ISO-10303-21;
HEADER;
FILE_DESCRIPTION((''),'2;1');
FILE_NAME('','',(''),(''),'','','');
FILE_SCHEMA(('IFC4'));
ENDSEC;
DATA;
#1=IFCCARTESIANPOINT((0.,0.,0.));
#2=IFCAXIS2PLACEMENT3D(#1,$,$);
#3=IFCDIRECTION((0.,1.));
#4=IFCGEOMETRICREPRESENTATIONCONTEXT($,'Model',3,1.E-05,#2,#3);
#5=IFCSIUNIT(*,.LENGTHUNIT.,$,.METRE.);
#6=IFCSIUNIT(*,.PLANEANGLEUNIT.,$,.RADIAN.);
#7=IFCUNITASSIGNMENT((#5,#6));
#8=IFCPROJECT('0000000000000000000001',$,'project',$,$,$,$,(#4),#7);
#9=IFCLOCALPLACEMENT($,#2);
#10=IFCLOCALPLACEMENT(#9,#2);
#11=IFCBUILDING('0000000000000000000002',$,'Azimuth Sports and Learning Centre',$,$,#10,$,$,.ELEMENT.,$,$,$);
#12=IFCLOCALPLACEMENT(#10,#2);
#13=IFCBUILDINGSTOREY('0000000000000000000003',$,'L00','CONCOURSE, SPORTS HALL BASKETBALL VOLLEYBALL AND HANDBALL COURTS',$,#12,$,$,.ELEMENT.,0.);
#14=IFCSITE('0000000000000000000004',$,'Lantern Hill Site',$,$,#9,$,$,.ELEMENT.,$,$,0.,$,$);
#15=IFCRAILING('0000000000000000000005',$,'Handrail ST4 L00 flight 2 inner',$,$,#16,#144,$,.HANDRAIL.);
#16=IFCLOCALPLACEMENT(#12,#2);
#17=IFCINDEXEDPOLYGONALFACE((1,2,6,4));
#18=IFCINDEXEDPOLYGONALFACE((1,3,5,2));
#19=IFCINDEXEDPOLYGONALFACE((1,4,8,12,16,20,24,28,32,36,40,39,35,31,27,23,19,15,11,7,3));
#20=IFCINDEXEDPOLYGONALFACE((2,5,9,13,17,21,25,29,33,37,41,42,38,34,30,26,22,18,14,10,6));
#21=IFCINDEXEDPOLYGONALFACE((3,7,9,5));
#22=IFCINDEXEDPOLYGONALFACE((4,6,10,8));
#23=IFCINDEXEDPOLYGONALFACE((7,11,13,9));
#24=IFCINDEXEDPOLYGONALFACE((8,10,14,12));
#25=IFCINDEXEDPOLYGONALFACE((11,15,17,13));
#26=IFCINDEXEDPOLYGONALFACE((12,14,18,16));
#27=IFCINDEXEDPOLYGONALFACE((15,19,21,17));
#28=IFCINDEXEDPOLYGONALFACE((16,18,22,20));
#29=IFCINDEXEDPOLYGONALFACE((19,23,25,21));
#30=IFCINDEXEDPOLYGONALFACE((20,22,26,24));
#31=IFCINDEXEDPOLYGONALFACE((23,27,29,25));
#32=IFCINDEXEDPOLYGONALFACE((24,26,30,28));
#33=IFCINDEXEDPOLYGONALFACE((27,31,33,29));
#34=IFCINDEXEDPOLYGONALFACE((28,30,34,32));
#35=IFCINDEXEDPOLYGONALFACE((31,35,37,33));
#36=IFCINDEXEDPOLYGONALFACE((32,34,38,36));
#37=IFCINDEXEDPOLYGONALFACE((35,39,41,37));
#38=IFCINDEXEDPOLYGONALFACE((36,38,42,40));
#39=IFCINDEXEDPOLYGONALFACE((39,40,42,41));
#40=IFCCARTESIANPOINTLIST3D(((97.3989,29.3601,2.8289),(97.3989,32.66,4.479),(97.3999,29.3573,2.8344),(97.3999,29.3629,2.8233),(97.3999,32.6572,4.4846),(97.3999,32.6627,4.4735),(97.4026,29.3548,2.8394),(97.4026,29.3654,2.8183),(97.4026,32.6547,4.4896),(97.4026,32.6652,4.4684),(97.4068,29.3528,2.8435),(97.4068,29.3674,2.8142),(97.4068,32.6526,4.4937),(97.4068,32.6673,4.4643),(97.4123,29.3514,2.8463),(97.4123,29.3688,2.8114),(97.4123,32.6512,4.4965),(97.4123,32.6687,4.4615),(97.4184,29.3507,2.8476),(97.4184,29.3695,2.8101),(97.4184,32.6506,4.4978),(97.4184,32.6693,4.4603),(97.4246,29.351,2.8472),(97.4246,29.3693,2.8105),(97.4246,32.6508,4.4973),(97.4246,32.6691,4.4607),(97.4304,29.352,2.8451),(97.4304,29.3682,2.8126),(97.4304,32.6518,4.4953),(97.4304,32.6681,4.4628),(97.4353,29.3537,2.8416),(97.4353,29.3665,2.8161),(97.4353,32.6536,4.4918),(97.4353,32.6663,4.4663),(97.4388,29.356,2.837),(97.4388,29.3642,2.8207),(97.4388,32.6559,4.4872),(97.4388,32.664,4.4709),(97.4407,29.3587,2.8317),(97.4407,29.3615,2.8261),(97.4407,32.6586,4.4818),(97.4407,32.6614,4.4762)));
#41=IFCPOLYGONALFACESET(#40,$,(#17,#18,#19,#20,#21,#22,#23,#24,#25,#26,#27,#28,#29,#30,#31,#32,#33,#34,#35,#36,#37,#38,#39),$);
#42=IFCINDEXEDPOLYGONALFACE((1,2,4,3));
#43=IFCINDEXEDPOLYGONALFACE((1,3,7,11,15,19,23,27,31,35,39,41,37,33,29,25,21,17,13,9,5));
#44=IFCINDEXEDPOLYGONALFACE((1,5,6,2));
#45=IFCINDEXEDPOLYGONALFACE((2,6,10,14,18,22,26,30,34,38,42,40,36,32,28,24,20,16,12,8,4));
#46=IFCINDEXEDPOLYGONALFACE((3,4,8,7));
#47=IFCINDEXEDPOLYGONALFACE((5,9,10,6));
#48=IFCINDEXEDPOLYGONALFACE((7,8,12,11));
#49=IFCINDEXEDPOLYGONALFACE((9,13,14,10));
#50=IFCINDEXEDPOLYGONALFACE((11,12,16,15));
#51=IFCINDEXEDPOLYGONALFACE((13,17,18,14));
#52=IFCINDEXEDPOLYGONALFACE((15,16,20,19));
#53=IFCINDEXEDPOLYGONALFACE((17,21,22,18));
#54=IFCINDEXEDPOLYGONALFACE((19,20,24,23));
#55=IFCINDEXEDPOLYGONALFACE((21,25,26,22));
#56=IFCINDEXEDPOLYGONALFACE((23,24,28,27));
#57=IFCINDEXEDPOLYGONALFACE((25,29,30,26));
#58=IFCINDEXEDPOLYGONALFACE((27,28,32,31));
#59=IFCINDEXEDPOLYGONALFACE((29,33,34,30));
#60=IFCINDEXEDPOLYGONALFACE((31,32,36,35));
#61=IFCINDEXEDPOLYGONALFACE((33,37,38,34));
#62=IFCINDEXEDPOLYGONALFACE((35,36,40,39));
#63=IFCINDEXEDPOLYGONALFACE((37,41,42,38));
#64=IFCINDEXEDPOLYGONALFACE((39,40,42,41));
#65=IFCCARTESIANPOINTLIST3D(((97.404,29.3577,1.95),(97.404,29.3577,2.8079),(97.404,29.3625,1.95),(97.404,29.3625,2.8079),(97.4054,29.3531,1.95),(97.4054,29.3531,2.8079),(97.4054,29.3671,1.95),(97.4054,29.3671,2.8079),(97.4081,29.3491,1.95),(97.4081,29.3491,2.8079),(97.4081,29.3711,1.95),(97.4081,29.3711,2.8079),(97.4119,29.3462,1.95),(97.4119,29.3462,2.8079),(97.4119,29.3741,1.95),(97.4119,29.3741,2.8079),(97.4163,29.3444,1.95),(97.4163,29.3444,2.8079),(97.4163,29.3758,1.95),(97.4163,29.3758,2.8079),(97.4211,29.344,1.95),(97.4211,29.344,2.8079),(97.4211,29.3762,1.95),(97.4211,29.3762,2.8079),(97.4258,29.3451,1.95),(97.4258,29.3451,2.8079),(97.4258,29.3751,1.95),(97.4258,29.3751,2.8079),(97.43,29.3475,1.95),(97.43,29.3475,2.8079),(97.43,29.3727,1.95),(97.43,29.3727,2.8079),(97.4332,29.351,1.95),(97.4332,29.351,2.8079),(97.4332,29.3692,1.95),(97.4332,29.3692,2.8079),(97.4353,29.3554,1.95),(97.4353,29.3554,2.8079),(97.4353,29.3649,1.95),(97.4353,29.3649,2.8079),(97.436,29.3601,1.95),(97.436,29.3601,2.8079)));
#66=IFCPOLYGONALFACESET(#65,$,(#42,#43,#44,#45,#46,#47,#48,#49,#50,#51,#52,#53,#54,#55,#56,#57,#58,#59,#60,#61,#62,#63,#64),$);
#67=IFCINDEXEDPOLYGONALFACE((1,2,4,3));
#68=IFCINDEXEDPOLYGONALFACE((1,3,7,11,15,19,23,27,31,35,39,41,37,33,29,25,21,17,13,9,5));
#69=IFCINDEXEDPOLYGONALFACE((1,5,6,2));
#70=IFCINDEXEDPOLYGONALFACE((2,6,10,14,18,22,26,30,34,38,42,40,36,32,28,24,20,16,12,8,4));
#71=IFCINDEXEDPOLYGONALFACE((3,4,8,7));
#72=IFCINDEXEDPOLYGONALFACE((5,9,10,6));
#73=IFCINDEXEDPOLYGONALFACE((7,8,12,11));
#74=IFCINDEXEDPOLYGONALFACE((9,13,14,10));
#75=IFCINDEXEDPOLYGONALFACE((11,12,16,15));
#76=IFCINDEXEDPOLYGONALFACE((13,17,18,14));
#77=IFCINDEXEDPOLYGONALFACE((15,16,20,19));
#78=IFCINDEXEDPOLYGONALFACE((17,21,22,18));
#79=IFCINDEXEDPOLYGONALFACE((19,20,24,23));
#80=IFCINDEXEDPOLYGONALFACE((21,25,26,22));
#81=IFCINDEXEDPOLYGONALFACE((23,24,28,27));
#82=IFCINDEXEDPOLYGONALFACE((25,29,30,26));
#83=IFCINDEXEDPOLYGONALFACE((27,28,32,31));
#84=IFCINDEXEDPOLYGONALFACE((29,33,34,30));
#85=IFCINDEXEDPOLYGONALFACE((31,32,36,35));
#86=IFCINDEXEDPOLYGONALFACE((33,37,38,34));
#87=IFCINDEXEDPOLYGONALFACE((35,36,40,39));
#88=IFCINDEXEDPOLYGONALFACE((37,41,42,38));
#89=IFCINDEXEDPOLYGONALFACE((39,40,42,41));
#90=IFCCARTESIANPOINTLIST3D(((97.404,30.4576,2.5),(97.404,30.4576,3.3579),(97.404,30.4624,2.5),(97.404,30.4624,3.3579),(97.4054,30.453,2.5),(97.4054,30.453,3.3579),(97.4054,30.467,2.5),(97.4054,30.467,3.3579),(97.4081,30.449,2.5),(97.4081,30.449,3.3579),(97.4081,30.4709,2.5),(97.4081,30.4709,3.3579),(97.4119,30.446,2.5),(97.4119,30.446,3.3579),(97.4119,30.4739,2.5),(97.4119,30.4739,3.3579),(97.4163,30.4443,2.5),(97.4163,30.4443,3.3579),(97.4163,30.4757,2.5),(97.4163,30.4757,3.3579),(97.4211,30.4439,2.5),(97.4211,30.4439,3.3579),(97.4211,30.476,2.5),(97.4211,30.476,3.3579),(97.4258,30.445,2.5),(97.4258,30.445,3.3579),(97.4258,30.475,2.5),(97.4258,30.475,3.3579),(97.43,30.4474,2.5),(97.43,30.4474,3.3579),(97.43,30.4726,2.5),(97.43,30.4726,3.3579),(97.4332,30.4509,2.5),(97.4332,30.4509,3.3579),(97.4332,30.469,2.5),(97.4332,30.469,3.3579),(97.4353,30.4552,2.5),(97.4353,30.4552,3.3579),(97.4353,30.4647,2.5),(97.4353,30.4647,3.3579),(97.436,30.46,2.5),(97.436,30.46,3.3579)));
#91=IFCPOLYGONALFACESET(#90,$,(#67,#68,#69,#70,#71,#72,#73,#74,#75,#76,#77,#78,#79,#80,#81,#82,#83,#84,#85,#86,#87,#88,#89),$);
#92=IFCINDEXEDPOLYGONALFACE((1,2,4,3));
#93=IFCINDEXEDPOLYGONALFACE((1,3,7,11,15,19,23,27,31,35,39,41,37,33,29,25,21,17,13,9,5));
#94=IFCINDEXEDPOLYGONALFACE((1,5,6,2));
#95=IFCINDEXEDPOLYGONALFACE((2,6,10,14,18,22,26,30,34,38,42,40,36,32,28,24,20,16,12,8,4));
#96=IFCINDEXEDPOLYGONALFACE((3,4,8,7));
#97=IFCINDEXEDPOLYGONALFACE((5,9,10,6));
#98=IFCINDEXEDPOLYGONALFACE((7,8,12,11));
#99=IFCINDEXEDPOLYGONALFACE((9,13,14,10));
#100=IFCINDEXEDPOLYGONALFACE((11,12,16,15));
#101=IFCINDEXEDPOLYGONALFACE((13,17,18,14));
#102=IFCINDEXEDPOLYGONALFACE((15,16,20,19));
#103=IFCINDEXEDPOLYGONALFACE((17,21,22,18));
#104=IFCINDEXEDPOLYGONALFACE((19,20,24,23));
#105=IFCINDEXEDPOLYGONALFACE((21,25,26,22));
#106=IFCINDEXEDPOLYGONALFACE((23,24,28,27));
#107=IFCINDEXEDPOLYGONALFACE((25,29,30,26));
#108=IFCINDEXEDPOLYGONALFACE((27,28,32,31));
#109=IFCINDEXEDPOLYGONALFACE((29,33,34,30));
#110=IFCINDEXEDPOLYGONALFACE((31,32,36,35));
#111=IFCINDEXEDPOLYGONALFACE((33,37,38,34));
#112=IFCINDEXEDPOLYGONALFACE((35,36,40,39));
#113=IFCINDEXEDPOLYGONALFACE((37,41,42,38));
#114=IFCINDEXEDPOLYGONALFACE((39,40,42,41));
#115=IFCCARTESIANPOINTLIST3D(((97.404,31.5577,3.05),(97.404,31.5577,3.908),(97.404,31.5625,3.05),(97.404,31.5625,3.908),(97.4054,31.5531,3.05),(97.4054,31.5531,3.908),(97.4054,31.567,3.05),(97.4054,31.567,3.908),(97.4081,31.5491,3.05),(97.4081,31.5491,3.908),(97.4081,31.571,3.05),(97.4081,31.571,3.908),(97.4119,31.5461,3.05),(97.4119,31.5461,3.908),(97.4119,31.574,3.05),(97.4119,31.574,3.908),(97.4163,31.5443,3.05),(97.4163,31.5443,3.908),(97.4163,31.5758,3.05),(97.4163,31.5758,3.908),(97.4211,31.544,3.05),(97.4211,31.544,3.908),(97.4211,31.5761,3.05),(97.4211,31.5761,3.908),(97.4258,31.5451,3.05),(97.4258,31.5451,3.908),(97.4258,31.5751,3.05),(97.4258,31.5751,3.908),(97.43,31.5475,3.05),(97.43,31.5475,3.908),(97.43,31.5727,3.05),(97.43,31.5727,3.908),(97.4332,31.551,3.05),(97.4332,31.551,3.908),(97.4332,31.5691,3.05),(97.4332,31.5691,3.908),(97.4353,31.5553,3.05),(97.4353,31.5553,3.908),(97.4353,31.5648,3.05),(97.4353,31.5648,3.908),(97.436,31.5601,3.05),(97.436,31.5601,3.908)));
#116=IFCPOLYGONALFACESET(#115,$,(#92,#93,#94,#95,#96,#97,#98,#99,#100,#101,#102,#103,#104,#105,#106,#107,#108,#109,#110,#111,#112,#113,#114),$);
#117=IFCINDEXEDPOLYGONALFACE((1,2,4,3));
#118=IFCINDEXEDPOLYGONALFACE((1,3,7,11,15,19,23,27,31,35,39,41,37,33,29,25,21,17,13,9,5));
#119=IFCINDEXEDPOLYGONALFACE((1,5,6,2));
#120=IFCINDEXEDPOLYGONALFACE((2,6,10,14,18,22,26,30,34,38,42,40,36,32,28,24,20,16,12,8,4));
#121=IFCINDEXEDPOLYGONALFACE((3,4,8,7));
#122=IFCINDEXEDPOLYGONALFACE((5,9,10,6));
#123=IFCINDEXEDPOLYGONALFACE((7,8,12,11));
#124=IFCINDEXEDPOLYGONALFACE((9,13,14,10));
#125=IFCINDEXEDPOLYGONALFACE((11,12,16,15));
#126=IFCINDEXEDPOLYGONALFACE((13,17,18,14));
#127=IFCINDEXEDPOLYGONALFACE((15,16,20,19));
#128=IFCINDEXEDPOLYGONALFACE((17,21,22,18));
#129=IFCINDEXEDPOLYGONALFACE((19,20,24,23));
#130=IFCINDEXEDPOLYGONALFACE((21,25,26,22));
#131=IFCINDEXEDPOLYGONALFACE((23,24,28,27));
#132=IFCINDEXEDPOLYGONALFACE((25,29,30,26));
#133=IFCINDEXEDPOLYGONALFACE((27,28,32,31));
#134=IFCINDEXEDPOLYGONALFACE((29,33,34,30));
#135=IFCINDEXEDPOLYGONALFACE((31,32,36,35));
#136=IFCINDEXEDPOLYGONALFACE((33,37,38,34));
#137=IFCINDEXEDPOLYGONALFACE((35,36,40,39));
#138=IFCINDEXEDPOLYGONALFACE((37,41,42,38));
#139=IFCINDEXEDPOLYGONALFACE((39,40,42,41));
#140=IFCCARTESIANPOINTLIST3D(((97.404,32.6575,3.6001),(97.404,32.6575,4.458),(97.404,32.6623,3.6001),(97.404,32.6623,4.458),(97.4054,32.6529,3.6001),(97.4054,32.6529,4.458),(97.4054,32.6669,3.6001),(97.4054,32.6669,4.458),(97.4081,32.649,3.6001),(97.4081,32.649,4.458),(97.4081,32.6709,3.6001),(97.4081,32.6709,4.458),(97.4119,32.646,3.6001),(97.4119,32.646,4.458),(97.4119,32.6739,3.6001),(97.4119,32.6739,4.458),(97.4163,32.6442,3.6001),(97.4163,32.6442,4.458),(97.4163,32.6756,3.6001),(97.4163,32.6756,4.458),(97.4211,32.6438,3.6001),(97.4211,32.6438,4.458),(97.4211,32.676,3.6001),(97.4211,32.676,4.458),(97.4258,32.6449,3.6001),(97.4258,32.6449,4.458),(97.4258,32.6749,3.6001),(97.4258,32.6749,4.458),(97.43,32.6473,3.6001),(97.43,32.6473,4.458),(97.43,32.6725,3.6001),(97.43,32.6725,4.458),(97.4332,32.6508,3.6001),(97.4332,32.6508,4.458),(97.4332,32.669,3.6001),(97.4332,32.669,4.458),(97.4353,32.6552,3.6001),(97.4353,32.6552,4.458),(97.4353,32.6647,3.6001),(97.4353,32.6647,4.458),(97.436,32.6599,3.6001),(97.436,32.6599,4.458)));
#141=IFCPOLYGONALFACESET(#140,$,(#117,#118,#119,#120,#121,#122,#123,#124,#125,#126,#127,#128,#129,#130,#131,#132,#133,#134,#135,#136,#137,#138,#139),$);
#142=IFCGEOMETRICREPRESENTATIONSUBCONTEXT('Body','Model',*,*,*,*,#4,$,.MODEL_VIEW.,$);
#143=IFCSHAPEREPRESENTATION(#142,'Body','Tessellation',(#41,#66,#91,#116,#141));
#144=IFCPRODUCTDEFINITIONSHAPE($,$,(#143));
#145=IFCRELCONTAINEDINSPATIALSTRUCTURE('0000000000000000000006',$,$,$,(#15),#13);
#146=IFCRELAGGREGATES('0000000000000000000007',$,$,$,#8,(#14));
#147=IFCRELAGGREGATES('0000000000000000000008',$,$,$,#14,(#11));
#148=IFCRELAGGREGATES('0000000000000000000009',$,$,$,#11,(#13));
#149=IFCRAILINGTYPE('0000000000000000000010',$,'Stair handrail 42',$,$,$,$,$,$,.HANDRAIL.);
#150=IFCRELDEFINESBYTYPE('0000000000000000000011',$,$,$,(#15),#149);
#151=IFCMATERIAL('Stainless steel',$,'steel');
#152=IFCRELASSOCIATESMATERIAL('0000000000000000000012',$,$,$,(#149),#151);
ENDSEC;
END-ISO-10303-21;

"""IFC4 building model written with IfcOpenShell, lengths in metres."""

from ifc_helpers import new_model, si_unit, direction, frame, origin, origin_2d, place, context, subcontext, project, spatial, circle, extrude, material, type_object, element, save


model = new_model("IFC4")

# Units and contexts
model_context = context("Model", 3, precision=1e-05, world=origin(), true_north=direction((0.0, 1.0)))
body_context = subcontext(model_context, "Body", "Model", "MODEL_VIEW")
ifc_project = project(units=[si_unit("LENGTHUNIT", "METRE"), si_unit("PLANEANGLEUNIT", "RADIAN")], contexts=[model_context])

# Site, building, storey
site_placement = place(None, origin())
site = spatial("IfcSite", under=ifc_project, at=site_placement, Name="Lantern Hill Site", CompositionType="ELEMENT", RefElevation=0.0)
building_placement = place(site_placement, origin())
building = spatial("IfcBuilding", under=site, at=building_placement, Name="Azimuth Sports and Learning Centre", CompositionType="ELEMENT")
storey_placement = place(building_placement, origin())
storey = spatial("IfcBuildingStorey", under=building, at=storey_placement, Name="L00", Description="CONCOURSE, SPORTS HALL BASKETBALL VOLLEYBALL AND HANDBALL COURTS", CompositionType="ELEMENT", Elevation=0.0)

# Railing
ifc_material_1 = material(Name="Stainless steel", Category="steel")
railing_type_1 = type_object("IfcRailingType", Name="Stair handrail 42", PredefinedType="HANDRAIL", material=ifc_material_1)
for number, where, name in (
    (1, (97.4199, 29.3601, 1.95), "Handrail ST4 L00 flight 2 inner"),
):
    element("IfcRailing", number, at=place(storey_placement, frame(where)), inside=storey, type_object=railing_type_1, Name=name, PredefinedType="HANDRAIL", context=body_context, shape_type="SweptSolid", body=[
        extrude(circle(Radius=0.021, at=origin_2d()), frame((0.0, 0.0, 0.8789), z_axis=(0.0, 0.894401, 0.447267), x_axis=(-1.0, 0.0, 0.0)), (0.0, 0.0, 1.0), 3.6895),
        extrude(circle(Radius=0.0161, at=origin_2d()), origin(), (0.0, 0.0, 1.0), 0.8579),
        extrude(circle(Radius=0.0161, at=origin_2d()), frame((0.0, 1.0999, 0.55)), (0.0, 0.0, 1.0), 0.8579),
        extrude(circle(Radius=0.0161, at=origin_2d()), frame((0.0, 2.2, 1.1001)), (0.0, 0.0, 1.0), 0.8579),
        extrude(circle(Radius=0.0161, at=origin_2d()), frame((0.0, 3.2998, 1.6501)), (0.0, 0.0, 1.0), 0.8579),
    ])

save(model, "model.ifc")
